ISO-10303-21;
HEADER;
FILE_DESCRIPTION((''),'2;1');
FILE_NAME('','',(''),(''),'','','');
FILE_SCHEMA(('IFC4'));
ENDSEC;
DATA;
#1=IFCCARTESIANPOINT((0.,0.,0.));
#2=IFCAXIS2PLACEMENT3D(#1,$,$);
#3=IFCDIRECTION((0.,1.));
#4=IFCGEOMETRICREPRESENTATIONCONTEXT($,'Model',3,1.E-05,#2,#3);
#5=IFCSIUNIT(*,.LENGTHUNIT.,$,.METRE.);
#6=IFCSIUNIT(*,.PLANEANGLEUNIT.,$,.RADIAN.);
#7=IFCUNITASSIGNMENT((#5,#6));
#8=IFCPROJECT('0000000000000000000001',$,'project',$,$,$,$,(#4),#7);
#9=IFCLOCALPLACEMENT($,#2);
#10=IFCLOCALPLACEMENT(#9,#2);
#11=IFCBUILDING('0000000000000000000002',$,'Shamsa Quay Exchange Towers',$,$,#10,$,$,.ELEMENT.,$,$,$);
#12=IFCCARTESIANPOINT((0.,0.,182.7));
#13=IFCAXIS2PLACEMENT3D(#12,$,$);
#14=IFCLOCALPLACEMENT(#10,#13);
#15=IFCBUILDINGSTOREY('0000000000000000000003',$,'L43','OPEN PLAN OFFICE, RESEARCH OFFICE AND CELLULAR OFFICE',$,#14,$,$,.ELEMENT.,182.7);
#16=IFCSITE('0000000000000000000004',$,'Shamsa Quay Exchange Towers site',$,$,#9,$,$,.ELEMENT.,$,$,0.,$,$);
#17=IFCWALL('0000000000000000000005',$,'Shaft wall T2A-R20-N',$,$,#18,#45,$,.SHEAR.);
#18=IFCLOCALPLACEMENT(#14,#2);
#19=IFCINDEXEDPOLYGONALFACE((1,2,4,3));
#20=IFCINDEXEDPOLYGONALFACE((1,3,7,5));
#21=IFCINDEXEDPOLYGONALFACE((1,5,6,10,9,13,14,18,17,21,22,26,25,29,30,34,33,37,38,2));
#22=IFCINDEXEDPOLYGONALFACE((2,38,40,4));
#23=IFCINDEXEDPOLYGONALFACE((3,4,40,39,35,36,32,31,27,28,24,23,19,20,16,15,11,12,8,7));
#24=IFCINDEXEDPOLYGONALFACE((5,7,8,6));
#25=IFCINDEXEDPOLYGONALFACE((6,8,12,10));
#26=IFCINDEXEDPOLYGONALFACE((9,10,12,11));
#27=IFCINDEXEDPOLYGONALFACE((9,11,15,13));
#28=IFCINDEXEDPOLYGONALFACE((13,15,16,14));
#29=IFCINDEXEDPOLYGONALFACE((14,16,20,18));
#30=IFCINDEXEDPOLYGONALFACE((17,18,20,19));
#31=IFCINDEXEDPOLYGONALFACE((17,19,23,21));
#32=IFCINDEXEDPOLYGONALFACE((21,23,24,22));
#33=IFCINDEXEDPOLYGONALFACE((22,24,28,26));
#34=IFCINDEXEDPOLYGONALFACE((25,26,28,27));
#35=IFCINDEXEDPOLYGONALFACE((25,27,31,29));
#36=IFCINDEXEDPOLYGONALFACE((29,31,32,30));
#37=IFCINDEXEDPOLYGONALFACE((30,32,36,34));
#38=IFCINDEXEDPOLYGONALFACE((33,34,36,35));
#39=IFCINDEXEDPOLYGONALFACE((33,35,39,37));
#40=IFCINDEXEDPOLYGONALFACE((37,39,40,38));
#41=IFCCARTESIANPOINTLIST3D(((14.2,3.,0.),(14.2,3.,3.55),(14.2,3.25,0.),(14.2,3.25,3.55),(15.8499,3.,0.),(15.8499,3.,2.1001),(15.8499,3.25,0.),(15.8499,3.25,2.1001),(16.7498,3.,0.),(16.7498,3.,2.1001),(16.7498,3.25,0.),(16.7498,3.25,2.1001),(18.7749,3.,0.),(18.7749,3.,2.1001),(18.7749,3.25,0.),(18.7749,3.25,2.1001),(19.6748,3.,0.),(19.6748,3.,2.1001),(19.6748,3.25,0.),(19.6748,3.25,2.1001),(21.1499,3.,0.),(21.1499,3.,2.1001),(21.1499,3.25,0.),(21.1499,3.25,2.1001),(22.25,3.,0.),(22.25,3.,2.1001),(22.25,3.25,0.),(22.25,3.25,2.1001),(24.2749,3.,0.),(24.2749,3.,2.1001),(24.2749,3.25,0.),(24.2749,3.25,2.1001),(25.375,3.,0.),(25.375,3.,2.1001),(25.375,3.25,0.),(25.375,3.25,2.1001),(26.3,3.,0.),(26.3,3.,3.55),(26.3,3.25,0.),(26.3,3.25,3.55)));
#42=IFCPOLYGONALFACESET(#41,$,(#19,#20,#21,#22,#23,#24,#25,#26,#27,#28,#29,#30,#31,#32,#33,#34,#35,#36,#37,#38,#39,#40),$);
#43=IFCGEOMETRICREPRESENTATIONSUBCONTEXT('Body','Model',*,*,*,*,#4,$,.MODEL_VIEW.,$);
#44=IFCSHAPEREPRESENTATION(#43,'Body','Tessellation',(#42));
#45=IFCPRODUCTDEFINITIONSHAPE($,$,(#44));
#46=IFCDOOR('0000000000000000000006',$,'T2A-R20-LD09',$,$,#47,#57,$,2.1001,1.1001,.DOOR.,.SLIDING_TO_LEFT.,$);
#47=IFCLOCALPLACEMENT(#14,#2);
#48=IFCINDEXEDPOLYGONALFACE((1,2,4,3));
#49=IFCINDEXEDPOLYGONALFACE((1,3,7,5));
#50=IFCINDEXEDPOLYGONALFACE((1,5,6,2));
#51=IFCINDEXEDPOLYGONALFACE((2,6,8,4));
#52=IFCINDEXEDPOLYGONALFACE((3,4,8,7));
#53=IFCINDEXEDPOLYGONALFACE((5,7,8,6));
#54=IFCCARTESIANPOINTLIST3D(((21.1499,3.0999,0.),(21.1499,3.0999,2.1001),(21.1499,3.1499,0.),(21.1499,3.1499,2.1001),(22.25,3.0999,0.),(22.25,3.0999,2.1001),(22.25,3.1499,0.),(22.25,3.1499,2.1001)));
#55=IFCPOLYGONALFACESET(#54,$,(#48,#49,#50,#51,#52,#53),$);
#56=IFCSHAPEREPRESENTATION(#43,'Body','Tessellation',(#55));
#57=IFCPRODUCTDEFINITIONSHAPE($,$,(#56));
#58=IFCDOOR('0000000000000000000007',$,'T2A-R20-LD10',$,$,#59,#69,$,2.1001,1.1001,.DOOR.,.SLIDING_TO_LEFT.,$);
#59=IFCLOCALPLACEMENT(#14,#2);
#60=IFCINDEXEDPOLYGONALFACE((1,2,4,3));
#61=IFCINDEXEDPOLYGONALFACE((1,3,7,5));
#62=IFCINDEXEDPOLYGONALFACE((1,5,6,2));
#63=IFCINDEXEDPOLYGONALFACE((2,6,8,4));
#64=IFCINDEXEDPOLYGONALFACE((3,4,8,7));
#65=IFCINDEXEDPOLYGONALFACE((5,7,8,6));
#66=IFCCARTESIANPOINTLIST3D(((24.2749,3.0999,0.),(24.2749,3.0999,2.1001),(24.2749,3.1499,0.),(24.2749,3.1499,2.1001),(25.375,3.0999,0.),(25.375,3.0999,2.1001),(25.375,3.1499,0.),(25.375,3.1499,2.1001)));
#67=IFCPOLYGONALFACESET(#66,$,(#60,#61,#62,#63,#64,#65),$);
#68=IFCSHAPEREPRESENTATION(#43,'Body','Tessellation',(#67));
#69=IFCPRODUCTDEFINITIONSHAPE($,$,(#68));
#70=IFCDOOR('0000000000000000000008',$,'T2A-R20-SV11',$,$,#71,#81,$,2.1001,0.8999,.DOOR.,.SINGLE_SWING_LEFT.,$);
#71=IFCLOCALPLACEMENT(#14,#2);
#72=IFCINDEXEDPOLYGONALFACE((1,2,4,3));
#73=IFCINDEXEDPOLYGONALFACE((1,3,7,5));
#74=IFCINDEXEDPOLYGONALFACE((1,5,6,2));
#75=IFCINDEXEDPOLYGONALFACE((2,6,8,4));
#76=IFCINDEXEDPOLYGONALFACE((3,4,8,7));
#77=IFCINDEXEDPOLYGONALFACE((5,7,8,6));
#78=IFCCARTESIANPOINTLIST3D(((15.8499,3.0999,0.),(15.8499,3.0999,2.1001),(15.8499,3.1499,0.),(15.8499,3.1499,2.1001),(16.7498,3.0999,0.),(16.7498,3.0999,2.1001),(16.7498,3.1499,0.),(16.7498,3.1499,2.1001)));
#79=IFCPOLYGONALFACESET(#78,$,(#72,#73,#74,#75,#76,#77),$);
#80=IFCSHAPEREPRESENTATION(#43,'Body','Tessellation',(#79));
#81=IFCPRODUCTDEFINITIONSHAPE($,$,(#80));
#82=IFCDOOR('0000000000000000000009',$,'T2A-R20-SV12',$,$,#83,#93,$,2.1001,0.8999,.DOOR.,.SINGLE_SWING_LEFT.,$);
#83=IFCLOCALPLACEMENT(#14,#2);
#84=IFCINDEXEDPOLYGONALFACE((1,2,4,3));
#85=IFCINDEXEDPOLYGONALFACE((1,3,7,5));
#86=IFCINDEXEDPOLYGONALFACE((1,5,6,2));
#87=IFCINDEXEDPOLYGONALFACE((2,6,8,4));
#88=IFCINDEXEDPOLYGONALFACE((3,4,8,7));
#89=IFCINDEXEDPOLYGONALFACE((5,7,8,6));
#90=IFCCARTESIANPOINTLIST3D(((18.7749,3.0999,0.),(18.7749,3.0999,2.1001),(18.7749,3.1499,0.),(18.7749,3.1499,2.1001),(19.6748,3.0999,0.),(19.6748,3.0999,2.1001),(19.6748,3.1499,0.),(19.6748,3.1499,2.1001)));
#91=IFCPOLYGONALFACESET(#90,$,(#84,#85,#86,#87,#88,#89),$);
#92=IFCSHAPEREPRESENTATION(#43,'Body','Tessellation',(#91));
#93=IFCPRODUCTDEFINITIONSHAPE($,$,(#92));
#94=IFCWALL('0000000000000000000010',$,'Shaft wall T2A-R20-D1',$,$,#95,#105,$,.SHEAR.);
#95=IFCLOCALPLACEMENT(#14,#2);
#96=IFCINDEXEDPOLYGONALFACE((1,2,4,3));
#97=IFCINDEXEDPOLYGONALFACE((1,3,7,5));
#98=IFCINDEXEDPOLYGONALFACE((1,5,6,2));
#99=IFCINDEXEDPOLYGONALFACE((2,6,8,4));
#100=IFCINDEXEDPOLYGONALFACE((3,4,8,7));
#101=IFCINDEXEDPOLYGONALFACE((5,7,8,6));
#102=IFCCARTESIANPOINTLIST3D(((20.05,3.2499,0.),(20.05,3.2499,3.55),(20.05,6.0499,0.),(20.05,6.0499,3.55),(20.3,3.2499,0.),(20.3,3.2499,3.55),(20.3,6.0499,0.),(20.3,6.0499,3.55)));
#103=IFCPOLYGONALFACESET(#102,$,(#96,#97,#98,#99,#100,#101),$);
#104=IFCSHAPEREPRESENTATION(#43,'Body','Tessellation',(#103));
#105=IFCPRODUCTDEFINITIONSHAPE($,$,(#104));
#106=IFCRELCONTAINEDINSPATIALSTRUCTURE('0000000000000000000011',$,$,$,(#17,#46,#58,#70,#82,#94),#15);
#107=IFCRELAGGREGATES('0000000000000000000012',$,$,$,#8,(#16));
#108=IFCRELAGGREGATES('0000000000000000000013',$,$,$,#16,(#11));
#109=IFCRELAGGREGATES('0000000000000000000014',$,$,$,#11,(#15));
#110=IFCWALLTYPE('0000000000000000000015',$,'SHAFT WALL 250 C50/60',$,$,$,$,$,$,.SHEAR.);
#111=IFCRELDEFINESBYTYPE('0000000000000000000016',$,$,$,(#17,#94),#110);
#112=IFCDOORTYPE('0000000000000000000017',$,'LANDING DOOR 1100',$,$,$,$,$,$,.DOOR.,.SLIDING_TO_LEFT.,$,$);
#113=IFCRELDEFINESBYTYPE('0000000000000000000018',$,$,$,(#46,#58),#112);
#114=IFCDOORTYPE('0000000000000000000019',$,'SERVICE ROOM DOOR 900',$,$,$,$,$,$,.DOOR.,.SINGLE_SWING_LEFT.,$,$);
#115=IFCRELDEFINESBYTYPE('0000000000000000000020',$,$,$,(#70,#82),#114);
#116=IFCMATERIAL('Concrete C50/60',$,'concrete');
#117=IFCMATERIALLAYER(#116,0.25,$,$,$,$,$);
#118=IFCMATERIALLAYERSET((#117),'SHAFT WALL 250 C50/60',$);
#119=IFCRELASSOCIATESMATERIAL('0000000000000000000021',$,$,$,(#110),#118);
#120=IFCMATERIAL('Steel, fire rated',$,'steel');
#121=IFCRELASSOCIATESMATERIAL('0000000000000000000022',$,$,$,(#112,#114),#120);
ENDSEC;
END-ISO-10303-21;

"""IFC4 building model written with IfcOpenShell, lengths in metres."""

from ifc_helpers import new_model, si_unit, direction, frame, frame_2d, origin, place, context, subcontext, project, spatial, rectangle, extrude, material, layer, layer_set, type_object, element, fill, save


model = new_model("IFC4")

# Units and contexts
model_context = context("Model", 3, precision=1e-05, world=origin(), true_north=direction((0.0, 1.0)))
body_context = subcontext(model_context, "Body", "Model", "MODEL_VIEW")
ifc_project = project(units=[si_unit("LENGTHUNIT", "METRE"), si_unit("PLANEANGLEUNIT", "RADIAN")], contexts=[model_context])

# Site, building, storey
site_placement = place(None, origin())
site = spatial("IfcSite", under=ifc_project, at=site_placement, Name="Shamsa Quay Exchange Towers site", CompositionType="ELEMENT", RefElevation=0.0)
building_placement = place(site_placement, origin())
building = spatial("IfcBuilding", under=site, at=building_placement, Name="Shamsa Quay Exchange Towers", CompositionType="ELEMENT")
storey_placement = place(building_placement, frame((0.0, 0.0, 182.7)))
storey = spatial("IfcBuildingStorey", under=building, at=storey_placement, Name="L43", Description="OPEN PLAN OFFICE, RESEARCH OFFICE AND CELLULAR OFFICE", CompositionType="ELEMENT", Elevation=182.7)

# Shared definitions
ifc_material_1 = material(Name="Concrete C50/60", Category="concrete")

# Shared definitions
ifc_material_2 = material(Name="Steel, fire rated", Category="steel")

# Wall, openings, doors
ifc_layer_1 = layer(ifc_material_1, 0.25)
ifc_layer_set_1 = layer_set([ifc_layer_1], Name="SHAFT WALL 250 C50/60")
wall_type_1 = type_object("IfcWallType", Name="SHAFT WALL 250 C50/60", PredefinedType="SHEAR", material=ifc_layer_set_1)
wall_1_placement = place(storey_placement, frame((14.2, 3.125, 0.0)))
wall_1 = element("IfcWall", 1, at=wall_1_placement, inside=storey, type_object=wall_type_1, Name="Shaft wall T2A-R20-N", PredefinedType="SHEAR", context=body_context, shape_type="SweptSolid", body=[
    extrude(rectangle(XDim=12.1001, YDim=0.25, at=frame_2d((6.05, 0.0))), origin(), (0.0, 0.0, 1.0), 3.55),
])
opening_1_placement = place(wall_1_placement, frame((6.95, 0.0, 0.0)))
opening_1 = element("IfcOpeningElement", 2, at=opening_1_placement, cuts=wall_1, PredefinedType="OPENING", context=body_context, shape_type="SweptSolid", body=[
    extrude(rectangle(XDim=1.1001, YDim=2.1001, at=frame_2d((0.55, 1.05))), frame((0.0, 0.135, 0.0), z_axis=(0.0, -1.0, 0.0), x_axis=(1.0, 0.0, 0.0)), (0.0, 0.0, 1.0), 0.27),
])
opening_2_placement = place(wall_1_placement, frame((10.075, 0.0, 0.0)))
opening_2 = element("IfcOpeningElement", 3, at=opening_2_placement, cuts=wall_1, PredefinedType="OPENING", context=body_context, shape_type="SweptSolid", body=[
    extrude(rectangle(XDim=1.1001, YDim=2.1001, at=frame_2d((0.55, 1.05))), frame((0.0, 0.135, 0.0), z_axis=(0.0, -1.0, 0.0), x_axis=(1.0, 0.0, 0.0)), (0.0, 0.0, 1.0), 0.27),
])
opening_3_placement = place(wall_1_placement, frame((1.6499, 0.0, 0.0)))
opening_3 = element("IfcOpeningElement", 4, at=opening_3_placement, cuts=wall_1, PredefinedType="OPENING", context=body_context, shape_type="SweptSolid", body=[
    extrude(rectangle(XDim=0.8999, YDim=2.1001, at=frame_2d((0.45, 1.05))), frame((0.0, 0.135, 0.0), z_axis=(0.0, -1.0, 0.0), x_axis=(1.0, 0.0, 0.0)), (0.0, 0.0, 1.0), 0.27),
])
opening_4_placement = place(wall_1_placement, frame((4.575, 0.0, 0.0)))
opening_4 = element("IfcOpeningElement", 5, at=opening_4_placement, cuts=wall_1, PredefinedType="OPENING", context=body_context, shape_type="SweptSolid", body=[
    extrude(rectangle(XDim=0.8999, YDim=2.1001, at=frame_2d((0.45, 1.05))), frame((0.0, 0.135, 0.0), z_axis=(0.0, -1.0, 0.0), x_axis=(1.0, 0.0, 0.0)), (0.0, 0.0, 1.0), 0.27),
])
door_type_1 = type_object("IfcDoorType", Name="LANDING DOOR 1100", OperationType="SLIDING_TO_LEFT", PredefinedType="DOOR", material=ifc_material_2)
door_1_placement = place(opening_1_placement, origin())
door_1 = element("IfcDoor", 6, at=door_1_placement, inside=storey, type_object=door_type_1, Name="T2A-R20-LD09", OperationType="SLIDING_TO_LEFT", OverallHeight=2.1001, OverallWidth=1.1001, PredefinedType="DOOR", context=body_context, shape_type="SweptSolid", body=[
    extrude(rectangle(XDim=1.1001, YDim=2.1001, at=frame_2d((0.55, 1.05))), frame((0.0, 0.0249, 0.0), z_axis=(0.0, -1.0, 0.0), x_axis=(1.0, 0.0, 0.0)), (0.0, 0.0, 1.0), 0.05),
])
fill(opening_1, door_1)
door_2_placement = place(opening_2_placement, origin())
door_2 = element("IfcDoor", 7, at=door_2_placement, inside=storey, type_object=door_type_1, Name="T2A-R20-LD10", OperationType="SLIDING_TO_LEFT", OverallHeight=2.1001, OverallWidth=1.1001, PredefinedType="DOOR", context=body_context, shape_type="SweptSolid", body=[
    extrude(rectangle(XDim=1.1001, YDim=2.1001, at=frame_2d((0.55, 1.05))), frame((0.0, 0.0249, 0.0), z_axis=(0.0, -1.0, 0.0), x_axis=(1.0, 0.0, 0.0)), (0.0, 0.0, 1.0), 0.05),
])
fill(opening_2, door_2)
door_type_2 = type_object("IfcDoorType", Name="SERVICE ROOM DOOR 900", OperationType="SINGLE_SWING_LEFT", PredefinedType="DOOR", material=ifc_material_2)
door_3_placement = place(opening_3_placement, origin())
door_3 = element("IfcDoor", 8, at=door_3_placement, inside=storey, type_object=door_type_2, Name="T2A-R20-SV11", OperationType="SINGLE_SWING_LEFT", OverallHeight=2.1001, OverallWidth=0.8999, PredefinedType="DOOR", context=body_context, shape_type="SweptSolid", body=[
    extrude(rectangle(XDim=0.8999, YDim=2.1001, at=frame_2d((0.45, 1.05))), frame((0.0, 0.0249, 0.0), z_axis=(0.0, -1.0, 0.0), x_axis=(1.0, 0.0, 0.0)), (0.0, 0.0, 1.0), 0.05),
])
fill(opening_3, door_3)
door_4_placement = place(opening_4_placement, origin())
door_4 = element("IfcDoor", 9, at=door_4_placement, inside=storey, type_object=door_type_2, Name="T2A-R20-SV12", OperationType="SINGLE_SWING_LEFT", OverallHeight=2.1001, OverallWidth=0.8999, PredefinedType="DOOR", context=body_context, shape_type="SweptSolid", body=[
    extrude(rectangle(XDim=0.8999, YDim=2.1001, at=frame_2d((0.45, 1.05))), frame((0.0, 0.0249, 0.0), z_axis=(0.0, -1.0, 0.0), x_axis=(1.0, 0.0, 0.0)), (0.0, 0.0, 1.0), 0.05),
])
fill(opening_4, door_4)

# Wall
wall_2_placement = place(storey_placement, frame((20.175, 3.25, 0.0), z_axis=(0.0, 0.0, 1.0), x_axis=(0.0, 1.0, 0.0)))
element("IfcWall", 10, at=wall_2_placement, inside=storey, type_object=wall_type_1, Name="Shaft wall T2A-R20-D1", PredefinedType="SHEAR", context=body_context, shape_type="SweptSolid", body=[
    extrude(rectangle(XDim=2.8, YDim=0.25, at=frame_2d((1.3999, 0.0))), origin(), (0.0, 0.0, 1.0), 3.55),
])

save(model, "model.ifc")
